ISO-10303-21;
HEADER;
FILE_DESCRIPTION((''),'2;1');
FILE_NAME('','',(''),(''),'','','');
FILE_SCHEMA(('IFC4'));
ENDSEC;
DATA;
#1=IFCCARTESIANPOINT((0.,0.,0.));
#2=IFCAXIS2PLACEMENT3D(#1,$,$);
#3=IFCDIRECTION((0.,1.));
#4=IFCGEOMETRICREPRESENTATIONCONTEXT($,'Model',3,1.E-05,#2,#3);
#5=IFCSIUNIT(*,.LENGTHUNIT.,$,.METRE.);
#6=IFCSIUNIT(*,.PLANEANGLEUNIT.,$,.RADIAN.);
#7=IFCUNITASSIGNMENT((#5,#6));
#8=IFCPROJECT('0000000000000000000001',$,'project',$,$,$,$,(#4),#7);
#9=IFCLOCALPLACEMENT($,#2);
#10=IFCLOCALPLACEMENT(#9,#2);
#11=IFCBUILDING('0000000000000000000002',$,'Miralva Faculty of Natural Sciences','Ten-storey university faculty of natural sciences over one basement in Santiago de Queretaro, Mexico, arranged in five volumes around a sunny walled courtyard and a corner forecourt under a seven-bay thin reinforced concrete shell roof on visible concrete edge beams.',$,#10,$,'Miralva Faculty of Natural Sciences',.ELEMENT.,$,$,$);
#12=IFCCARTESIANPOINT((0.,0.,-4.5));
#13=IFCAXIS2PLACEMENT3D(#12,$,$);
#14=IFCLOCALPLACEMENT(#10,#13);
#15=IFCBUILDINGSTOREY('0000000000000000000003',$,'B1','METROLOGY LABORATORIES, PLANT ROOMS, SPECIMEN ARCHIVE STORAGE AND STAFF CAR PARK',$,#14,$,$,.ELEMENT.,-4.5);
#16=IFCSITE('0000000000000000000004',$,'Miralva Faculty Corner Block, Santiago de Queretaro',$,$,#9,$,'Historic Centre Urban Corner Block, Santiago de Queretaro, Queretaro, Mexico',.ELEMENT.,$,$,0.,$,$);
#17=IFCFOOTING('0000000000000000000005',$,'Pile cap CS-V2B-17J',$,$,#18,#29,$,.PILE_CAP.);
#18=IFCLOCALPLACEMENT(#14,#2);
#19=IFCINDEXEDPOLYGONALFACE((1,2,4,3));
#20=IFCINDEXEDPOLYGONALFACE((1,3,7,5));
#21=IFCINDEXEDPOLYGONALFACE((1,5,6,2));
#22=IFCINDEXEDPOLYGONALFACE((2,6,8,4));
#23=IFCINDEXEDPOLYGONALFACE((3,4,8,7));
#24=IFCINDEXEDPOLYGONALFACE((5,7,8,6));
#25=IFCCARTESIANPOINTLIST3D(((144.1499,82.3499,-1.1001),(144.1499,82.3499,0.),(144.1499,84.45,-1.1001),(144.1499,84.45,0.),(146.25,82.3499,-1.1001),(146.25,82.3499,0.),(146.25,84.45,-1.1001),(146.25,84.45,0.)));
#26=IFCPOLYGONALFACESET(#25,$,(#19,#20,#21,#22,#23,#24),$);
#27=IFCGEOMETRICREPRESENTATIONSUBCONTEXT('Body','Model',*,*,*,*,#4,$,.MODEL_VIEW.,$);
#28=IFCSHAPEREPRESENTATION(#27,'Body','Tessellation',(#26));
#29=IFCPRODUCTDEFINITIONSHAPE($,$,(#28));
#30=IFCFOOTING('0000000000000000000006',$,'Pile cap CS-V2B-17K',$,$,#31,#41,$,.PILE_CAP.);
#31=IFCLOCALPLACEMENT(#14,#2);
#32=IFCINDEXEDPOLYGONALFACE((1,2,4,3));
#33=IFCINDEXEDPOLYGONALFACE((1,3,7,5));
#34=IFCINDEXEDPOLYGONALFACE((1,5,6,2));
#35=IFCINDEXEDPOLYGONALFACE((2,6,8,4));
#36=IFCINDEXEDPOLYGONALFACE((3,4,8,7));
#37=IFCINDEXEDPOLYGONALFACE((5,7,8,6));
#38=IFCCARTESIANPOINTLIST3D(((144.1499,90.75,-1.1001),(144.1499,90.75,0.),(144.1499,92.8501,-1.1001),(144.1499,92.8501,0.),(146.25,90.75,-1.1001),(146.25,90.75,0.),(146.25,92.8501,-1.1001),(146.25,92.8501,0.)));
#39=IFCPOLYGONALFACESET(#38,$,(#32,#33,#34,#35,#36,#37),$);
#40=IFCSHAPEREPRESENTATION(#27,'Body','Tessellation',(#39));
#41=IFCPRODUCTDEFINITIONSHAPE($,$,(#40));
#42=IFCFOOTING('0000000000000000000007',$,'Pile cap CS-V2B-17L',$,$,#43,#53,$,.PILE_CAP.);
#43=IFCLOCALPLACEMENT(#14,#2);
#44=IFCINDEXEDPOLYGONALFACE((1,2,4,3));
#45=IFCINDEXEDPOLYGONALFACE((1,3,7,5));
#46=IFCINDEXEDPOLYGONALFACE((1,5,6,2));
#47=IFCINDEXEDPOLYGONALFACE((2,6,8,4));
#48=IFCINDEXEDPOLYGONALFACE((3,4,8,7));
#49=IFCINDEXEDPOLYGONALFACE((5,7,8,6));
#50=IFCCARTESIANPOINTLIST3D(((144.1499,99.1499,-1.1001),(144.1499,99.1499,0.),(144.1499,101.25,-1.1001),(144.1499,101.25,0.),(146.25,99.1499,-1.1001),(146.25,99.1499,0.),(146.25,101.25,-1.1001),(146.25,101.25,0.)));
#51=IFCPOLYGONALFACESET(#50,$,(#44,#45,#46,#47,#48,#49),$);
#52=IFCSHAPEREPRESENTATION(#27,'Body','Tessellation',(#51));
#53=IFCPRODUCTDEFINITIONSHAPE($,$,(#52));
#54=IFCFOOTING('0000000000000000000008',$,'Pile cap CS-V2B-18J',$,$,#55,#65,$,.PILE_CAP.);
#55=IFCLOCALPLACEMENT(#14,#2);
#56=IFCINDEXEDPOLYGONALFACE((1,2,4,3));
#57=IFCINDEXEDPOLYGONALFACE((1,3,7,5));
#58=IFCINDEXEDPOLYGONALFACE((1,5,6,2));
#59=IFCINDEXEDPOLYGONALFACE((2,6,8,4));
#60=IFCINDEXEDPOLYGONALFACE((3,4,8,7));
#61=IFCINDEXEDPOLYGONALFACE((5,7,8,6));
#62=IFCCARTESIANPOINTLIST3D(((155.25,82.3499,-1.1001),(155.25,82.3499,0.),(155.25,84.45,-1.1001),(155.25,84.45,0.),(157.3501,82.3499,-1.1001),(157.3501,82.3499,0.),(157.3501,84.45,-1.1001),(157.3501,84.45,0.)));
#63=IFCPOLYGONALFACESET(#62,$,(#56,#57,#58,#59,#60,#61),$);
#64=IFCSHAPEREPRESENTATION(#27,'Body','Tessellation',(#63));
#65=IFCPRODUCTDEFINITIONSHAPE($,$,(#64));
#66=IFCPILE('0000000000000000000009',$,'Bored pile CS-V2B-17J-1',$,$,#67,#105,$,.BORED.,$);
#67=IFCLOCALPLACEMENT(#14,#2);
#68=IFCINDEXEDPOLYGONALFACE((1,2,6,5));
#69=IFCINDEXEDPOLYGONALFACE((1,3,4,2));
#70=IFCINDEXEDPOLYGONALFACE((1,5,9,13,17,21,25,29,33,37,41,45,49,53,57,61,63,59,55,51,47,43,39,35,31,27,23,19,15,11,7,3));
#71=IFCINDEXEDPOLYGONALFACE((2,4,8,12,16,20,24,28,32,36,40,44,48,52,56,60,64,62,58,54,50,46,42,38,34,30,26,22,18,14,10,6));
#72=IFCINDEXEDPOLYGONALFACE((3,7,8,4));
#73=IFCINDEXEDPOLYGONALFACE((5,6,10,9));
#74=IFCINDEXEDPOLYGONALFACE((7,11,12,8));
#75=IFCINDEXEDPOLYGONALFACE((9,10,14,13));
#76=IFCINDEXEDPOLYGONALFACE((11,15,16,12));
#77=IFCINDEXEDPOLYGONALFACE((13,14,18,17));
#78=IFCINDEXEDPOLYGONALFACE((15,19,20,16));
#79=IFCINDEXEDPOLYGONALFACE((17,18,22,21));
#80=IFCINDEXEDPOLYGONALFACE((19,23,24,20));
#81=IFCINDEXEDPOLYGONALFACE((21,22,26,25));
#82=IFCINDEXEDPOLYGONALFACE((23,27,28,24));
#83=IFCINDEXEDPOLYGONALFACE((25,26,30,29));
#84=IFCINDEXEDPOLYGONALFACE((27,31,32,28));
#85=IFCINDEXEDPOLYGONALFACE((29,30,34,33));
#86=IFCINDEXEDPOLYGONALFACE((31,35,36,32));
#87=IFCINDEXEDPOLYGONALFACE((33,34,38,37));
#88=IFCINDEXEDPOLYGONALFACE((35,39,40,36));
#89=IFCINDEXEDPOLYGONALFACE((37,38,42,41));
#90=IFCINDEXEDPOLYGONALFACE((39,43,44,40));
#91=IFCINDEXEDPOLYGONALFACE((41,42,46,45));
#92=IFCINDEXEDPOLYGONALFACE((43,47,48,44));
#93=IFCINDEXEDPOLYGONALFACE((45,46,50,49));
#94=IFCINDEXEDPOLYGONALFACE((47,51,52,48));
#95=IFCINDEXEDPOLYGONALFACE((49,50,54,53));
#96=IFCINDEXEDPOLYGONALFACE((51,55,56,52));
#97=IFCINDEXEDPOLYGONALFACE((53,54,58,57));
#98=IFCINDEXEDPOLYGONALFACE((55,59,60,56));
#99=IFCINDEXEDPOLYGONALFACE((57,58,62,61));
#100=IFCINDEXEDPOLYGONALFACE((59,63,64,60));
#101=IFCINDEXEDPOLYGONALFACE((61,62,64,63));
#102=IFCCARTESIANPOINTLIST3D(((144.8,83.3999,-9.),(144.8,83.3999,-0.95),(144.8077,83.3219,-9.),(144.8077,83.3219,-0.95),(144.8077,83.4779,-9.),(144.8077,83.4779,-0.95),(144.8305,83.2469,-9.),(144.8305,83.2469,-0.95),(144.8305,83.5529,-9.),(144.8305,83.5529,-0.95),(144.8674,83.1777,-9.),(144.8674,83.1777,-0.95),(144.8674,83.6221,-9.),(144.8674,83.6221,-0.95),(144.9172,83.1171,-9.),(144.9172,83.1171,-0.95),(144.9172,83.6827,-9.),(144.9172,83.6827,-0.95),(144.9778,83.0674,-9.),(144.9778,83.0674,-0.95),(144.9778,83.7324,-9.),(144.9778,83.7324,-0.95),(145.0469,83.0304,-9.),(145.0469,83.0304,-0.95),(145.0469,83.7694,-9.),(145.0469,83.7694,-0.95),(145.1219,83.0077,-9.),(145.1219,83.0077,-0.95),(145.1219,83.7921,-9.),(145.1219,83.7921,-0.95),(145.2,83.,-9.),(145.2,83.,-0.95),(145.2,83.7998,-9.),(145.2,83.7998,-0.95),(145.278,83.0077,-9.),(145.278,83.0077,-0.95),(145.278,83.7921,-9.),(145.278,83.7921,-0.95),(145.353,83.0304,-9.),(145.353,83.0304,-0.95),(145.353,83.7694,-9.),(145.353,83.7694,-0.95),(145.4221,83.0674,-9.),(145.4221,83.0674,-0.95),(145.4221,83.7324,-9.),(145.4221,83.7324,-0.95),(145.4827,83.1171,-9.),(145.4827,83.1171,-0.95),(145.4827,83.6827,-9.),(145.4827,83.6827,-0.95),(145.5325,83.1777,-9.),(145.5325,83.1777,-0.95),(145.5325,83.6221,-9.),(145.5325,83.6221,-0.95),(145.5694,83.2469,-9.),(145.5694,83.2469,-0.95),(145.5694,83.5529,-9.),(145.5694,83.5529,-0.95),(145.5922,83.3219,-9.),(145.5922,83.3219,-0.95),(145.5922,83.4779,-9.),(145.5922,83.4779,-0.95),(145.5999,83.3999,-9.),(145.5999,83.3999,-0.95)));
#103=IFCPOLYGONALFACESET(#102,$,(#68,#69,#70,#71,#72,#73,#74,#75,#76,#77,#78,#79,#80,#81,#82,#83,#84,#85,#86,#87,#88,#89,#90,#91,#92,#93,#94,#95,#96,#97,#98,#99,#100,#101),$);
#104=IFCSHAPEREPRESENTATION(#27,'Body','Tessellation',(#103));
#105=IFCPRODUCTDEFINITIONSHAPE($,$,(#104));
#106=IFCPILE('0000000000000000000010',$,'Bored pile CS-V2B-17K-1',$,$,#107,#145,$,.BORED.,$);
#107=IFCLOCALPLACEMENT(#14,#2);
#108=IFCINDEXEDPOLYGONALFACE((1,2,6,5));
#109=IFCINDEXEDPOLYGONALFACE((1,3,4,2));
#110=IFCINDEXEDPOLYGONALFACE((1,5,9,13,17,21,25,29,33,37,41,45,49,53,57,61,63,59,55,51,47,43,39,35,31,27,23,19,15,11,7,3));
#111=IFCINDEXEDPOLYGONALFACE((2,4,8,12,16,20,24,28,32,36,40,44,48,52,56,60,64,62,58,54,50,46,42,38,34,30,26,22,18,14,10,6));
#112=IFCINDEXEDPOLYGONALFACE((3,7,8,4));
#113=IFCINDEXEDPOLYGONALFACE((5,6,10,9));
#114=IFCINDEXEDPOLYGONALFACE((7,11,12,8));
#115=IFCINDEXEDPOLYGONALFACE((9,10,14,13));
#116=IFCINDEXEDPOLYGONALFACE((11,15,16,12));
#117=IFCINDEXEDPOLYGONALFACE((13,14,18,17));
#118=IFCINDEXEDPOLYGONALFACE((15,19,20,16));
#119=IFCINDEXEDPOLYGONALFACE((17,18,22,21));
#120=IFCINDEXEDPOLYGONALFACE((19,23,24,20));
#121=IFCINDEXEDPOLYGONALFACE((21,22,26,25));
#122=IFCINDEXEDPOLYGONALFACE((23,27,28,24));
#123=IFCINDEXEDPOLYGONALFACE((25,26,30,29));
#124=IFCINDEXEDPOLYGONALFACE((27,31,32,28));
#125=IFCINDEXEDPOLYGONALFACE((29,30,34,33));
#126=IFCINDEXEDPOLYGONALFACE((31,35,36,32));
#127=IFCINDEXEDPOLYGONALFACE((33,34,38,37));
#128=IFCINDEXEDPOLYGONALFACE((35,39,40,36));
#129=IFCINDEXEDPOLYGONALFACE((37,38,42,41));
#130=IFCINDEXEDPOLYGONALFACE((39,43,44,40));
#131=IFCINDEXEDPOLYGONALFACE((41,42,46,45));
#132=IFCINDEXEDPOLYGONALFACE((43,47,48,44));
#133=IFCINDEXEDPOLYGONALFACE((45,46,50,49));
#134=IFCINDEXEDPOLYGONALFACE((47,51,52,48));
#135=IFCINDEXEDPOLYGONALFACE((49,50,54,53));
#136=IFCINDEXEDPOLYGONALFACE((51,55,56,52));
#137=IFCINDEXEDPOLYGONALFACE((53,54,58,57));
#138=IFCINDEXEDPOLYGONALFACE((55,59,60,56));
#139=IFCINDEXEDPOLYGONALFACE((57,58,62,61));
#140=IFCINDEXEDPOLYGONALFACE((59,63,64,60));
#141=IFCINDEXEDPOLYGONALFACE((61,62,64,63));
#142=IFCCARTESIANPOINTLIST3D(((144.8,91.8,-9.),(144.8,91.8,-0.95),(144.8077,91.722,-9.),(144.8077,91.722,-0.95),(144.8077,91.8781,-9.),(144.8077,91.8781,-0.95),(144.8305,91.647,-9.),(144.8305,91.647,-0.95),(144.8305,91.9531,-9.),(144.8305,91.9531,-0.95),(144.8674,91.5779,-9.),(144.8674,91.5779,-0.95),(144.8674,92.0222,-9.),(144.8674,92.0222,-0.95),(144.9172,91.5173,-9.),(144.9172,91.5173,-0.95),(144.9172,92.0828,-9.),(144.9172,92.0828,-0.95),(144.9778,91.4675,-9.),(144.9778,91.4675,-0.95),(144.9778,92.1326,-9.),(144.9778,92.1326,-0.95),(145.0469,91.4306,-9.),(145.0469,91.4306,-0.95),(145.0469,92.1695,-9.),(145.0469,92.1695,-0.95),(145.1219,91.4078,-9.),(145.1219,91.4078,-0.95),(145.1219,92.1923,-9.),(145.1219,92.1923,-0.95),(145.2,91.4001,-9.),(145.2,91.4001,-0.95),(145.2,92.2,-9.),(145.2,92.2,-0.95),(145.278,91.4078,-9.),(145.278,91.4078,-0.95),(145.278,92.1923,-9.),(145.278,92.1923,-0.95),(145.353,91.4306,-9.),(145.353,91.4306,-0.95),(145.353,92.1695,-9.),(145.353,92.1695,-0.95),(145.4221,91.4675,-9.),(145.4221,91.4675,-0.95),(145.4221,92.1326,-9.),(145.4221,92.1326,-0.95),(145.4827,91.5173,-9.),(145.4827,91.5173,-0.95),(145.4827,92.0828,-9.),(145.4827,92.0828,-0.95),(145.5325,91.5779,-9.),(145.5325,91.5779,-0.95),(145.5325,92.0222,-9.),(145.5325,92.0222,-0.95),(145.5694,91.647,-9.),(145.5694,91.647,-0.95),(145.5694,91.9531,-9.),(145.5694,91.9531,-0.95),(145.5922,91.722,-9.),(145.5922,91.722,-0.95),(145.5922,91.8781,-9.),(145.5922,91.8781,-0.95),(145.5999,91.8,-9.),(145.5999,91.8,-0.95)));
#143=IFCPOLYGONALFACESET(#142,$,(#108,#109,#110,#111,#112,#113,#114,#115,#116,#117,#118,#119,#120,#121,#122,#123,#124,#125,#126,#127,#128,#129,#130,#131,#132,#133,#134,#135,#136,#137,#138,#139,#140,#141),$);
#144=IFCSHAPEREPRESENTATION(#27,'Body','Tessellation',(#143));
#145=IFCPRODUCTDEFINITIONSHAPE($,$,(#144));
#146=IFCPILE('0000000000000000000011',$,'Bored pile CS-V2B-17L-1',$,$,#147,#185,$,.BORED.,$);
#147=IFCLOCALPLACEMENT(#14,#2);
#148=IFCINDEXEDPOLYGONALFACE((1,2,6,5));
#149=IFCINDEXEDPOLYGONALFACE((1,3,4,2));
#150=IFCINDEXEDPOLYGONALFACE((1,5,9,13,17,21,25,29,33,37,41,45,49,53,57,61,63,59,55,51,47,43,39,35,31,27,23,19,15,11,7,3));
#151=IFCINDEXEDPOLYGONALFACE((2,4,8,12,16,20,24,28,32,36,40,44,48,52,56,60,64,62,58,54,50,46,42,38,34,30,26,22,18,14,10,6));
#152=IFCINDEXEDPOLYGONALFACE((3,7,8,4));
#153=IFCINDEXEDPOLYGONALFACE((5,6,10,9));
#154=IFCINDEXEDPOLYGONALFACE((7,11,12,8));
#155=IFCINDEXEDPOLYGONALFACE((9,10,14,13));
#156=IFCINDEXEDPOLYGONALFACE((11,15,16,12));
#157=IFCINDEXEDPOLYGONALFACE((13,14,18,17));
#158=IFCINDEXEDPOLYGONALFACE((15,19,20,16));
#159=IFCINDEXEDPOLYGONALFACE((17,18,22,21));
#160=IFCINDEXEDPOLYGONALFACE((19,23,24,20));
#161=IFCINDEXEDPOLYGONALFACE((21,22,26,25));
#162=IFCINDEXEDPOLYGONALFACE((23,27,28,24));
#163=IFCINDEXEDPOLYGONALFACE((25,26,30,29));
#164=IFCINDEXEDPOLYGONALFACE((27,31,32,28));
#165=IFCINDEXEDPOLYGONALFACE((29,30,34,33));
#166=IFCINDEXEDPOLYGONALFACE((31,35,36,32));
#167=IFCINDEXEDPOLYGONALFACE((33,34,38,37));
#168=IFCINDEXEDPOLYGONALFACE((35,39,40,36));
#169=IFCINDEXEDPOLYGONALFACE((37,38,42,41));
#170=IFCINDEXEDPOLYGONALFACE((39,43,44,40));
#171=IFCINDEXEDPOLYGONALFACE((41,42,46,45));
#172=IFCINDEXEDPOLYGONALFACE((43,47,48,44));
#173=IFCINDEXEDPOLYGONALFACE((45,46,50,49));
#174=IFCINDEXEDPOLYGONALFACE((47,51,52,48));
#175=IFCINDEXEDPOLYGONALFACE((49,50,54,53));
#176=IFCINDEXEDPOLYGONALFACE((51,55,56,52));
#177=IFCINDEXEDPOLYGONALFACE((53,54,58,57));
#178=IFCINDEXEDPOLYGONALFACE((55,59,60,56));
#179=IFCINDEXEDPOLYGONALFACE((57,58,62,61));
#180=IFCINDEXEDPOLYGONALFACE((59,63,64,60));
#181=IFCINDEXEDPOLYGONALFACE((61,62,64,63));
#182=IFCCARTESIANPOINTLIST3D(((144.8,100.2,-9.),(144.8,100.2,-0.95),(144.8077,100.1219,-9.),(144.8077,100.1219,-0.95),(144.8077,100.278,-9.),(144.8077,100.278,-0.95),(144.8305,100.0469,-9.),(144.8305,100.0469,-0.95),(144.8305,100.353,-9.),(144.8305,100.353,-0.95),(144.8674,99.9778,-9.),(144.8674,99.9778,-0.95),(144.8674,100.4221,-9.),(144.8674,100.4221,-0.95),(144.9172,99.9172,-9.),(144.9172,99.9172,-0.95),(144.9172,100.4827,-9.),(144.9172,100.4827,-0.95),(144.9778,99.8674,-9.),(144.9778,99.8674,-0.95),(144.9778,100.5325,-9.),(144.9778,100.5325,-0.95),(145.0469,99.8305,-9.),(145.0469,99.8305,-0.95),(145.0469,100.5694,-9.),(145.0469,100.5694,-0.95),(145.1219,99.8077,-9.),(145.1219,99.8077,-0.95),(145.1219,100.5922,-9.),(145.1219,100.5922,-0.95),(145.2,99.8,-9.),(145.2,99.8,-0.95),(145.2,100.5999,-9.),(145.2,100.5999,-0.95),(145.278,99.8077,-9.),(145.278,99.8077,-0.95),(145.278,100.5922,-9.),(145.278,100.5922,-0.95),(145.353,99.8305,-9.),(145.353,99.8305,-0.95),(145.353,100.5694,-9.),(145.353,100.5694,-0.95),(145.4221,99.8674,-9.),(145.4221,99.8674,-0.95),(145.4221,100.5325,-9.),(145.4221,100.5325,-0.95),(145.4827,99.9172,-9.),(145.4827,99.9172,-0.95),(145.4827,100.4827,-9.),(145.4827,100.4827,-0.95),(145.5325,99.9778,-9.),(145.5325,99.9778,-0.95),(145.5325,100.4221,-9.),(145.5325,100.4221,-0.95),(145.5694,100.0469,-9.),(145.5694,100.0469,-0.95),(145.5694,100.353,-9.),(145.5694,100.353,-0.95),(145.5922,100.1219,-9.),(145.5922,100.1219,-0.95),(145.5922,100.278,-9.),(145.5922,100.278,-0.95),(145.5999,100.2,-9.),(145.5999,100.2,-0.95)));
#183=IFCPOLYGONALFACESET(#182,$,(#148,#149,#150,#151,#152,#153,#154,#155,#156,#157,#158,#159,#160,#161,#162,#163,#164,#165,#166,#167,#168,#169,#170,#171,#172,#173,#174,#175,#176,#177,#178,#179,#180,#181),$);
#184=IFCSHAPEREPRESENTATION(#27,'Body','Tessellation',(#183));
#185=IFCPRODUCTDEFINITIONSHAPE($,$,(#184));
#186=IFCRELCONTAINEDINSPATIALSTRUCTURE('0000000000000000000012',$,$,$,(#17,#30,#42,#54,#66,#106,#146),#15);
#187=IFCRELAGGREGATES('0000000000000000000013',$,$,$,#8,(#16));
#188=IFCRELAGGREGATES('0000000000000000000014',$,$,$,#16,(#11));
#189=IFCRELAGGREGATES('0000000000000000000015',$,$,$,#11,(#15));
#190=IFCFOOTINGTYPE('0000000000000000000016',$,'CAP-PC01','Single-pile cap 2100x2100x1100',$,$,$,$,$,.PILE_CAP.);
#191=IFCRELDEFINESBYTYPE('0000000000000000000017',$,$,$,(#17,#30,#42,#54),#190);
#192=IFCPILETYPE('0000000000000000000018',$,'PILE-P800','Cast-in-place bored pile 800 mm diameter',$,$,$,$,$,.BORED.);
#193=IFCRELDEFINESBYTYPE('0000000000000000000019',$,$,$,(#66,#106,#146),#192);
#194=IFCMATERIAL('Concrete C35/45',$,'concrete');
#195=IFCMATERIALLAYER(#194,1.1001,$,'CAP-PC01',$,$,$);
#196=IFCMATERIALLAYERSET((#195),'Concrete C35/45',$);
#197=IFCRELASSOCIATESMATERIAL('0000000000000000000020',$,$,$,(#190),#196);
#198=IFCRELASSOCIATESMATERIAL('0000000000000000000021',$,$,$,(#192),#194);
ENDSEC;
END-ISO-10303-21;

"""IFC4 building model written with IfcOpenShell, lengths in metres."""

from ifc_helpers import new_model, si_unit, direction, frame, origin, origin_2d, place, context, subcontext, project, spatial, rectangle, circle, extrude, material, layer, layer_set, material_profile, profile_set, type_object, element, save


model = new_model("IFC4")

# Units and contexts
model_context = context("Model", 3, precision=1e-05, world=origin(), true_north=direction((0.0, 1.0)))
body_context = subcontext(model_context, "Body", "Model", "MODEL_VIEW")
ifc_project = project(units=[si_unit("LENGTHUNIT", "METRE"), si_unit("PLANEANGLEUNIT", "RADIAN")], contexts=[model_context])

# Site, building, storey
site_placement = place(None, origin())
site = spatial("IfcSite", under=ifc_project, at=site_placement, Name="Miralva Faculty Corner Block, Santiago de Queretaro", LongName="Historic Centre Urban Corner Block, Santiago de Queretaro, Queretaro, Mexico", CompositionType="ELEMENT", RefElevation=0.0)
building_placement = place(site_placement, origin())
building = spatial("IfcBuilding", under=site, at=building_placement, Name="Miralva Faculty of Natural Sciences", Description="Ten-storey university faculty of natural sciences over one basement in Santiago de Queretaro, Mexico, arranged in five volumes around a sunny walled courtyard and a corner forecourt under a seven-bay thin reinforced concrete shell roof on visible concrete edge beams.", LongName="Miralva Faculty of Natural Sciences", CompositionType="ELEMENT")
storey_placement = place(building_placement, frame((0.0, 0.0, -4.5)))
storey = spatial("IfcBuildingStorey", under=building, at=storey_placement, Name="B1", Description="METROLOGY LABORATORIES, PLANT ROOMS, SPECIMEN ARCHIVE STORAGE AND STAFF CAR PARK", CompositionType="ELEMENT", Elevation=-4.5)

# Footings
ifc_material_1 = material(Name="Concrete C35/45", Category="concrete")
ifc_layer = layer(ifc_material_1, 1.1001, Name="CAP-PC01")
ifc_layer_set = layer_set([ifc_layer], Name="Concrete C35/45")
footing_type_1 = type_object("IfcFootingType", Name="CAP-PC01", Description="Single-pile cap 2100x2100x1100", PredefinedType="PILE_CAP", material=ifc_layer_set)
for number, where, z_axis, x_axis, name in (
    (1, (145.2, 83.3999, -1.1001), (0.0, 0.0, 1.0), (1.0, 0.0, 0.0), "Pile cap CS-V2B-17J"),
    (2, (145.2, 91.8, -1.1001), (0.0, 0.0, 1.0), (1.0, 0.0, 0.0), "Pile cap CS-V2B-17K"),
    (3, (145.2, 100.2, -1.1001), (0.0, 0.0, 1.0), (1.0, 0.0, 0.0), "Pile cap CS-V2B-17L"),
    (4, (156.3, 83.3999, -1.1001), (0.0, 0.0, 1.0), (1.0, 0.0, 0.0), "Pile cap CS-V2B-18J"),
):
    element("IfcFooting", number, at=place(storey_placement, frame(where, z_axis=z_axis, x_axis=x_axis)), inside=storey, type_object=footing_type_1, Name=name, PredefinedType="PILE_CAP", context=body_context, shape_type="SweptSolid", body=[
        extrude(rectangle(XDim=2.1001, YDim=2.1001, at=origin_2d()), origin(), (0.0, 0.0, 1.0), 1.1001),
    ])

# Piles
ifc_material_profile_1 = material_profile(ifc_material_1, circle(Radius=0.3999, at=origin_2d()), Name="BORED PILE 800")
ifc_profile_set_1 = profile_set([ifc_material_profile_1], Name="Concrete C35/45")
pile_type = type_object("IfcPileType", Name="PILE-P800", Description="Cast-in-place bored pile 800 mm diameter", PredefinedType="BORED", material=ifc_profile_set_1)
for number, where, z_axis, x_axis, name in (
    (5, (145.2, 83.3999, -0.95), (0.0, 0.0, -1.0), (1.0, 0.0, 0.0), "Bored pile CS-V2B-17J-1"),
    (6, (145.2, 91.8, -0.95), (0.0, 0.0, -1.0), (1.0, 0.0, 0.0), "Bored pile CS-V2B-17K-1"),
    (7, (145.2, 100.2, -0.95), (0.0, 0.0, -1.0), (1.0, 0.0, 0.0), "Bored pile CS-V2B-17L-1"),
):
    element("IfcPile", number, at=place(storey_placement, frame(where, z_axis=z_axis, x_axis=x_axis)), inside=storey, type_object=pile_type, Name=name, PredefinedType="BORED", context=body_context, shape_type="SweptSolid", body=[
        extrude(circle(Radius=0.3999, at=origin_2d()), origin(), (0.0, 0.0, 1.0), 8.05),
    ])

save(model, "model.ifc")
